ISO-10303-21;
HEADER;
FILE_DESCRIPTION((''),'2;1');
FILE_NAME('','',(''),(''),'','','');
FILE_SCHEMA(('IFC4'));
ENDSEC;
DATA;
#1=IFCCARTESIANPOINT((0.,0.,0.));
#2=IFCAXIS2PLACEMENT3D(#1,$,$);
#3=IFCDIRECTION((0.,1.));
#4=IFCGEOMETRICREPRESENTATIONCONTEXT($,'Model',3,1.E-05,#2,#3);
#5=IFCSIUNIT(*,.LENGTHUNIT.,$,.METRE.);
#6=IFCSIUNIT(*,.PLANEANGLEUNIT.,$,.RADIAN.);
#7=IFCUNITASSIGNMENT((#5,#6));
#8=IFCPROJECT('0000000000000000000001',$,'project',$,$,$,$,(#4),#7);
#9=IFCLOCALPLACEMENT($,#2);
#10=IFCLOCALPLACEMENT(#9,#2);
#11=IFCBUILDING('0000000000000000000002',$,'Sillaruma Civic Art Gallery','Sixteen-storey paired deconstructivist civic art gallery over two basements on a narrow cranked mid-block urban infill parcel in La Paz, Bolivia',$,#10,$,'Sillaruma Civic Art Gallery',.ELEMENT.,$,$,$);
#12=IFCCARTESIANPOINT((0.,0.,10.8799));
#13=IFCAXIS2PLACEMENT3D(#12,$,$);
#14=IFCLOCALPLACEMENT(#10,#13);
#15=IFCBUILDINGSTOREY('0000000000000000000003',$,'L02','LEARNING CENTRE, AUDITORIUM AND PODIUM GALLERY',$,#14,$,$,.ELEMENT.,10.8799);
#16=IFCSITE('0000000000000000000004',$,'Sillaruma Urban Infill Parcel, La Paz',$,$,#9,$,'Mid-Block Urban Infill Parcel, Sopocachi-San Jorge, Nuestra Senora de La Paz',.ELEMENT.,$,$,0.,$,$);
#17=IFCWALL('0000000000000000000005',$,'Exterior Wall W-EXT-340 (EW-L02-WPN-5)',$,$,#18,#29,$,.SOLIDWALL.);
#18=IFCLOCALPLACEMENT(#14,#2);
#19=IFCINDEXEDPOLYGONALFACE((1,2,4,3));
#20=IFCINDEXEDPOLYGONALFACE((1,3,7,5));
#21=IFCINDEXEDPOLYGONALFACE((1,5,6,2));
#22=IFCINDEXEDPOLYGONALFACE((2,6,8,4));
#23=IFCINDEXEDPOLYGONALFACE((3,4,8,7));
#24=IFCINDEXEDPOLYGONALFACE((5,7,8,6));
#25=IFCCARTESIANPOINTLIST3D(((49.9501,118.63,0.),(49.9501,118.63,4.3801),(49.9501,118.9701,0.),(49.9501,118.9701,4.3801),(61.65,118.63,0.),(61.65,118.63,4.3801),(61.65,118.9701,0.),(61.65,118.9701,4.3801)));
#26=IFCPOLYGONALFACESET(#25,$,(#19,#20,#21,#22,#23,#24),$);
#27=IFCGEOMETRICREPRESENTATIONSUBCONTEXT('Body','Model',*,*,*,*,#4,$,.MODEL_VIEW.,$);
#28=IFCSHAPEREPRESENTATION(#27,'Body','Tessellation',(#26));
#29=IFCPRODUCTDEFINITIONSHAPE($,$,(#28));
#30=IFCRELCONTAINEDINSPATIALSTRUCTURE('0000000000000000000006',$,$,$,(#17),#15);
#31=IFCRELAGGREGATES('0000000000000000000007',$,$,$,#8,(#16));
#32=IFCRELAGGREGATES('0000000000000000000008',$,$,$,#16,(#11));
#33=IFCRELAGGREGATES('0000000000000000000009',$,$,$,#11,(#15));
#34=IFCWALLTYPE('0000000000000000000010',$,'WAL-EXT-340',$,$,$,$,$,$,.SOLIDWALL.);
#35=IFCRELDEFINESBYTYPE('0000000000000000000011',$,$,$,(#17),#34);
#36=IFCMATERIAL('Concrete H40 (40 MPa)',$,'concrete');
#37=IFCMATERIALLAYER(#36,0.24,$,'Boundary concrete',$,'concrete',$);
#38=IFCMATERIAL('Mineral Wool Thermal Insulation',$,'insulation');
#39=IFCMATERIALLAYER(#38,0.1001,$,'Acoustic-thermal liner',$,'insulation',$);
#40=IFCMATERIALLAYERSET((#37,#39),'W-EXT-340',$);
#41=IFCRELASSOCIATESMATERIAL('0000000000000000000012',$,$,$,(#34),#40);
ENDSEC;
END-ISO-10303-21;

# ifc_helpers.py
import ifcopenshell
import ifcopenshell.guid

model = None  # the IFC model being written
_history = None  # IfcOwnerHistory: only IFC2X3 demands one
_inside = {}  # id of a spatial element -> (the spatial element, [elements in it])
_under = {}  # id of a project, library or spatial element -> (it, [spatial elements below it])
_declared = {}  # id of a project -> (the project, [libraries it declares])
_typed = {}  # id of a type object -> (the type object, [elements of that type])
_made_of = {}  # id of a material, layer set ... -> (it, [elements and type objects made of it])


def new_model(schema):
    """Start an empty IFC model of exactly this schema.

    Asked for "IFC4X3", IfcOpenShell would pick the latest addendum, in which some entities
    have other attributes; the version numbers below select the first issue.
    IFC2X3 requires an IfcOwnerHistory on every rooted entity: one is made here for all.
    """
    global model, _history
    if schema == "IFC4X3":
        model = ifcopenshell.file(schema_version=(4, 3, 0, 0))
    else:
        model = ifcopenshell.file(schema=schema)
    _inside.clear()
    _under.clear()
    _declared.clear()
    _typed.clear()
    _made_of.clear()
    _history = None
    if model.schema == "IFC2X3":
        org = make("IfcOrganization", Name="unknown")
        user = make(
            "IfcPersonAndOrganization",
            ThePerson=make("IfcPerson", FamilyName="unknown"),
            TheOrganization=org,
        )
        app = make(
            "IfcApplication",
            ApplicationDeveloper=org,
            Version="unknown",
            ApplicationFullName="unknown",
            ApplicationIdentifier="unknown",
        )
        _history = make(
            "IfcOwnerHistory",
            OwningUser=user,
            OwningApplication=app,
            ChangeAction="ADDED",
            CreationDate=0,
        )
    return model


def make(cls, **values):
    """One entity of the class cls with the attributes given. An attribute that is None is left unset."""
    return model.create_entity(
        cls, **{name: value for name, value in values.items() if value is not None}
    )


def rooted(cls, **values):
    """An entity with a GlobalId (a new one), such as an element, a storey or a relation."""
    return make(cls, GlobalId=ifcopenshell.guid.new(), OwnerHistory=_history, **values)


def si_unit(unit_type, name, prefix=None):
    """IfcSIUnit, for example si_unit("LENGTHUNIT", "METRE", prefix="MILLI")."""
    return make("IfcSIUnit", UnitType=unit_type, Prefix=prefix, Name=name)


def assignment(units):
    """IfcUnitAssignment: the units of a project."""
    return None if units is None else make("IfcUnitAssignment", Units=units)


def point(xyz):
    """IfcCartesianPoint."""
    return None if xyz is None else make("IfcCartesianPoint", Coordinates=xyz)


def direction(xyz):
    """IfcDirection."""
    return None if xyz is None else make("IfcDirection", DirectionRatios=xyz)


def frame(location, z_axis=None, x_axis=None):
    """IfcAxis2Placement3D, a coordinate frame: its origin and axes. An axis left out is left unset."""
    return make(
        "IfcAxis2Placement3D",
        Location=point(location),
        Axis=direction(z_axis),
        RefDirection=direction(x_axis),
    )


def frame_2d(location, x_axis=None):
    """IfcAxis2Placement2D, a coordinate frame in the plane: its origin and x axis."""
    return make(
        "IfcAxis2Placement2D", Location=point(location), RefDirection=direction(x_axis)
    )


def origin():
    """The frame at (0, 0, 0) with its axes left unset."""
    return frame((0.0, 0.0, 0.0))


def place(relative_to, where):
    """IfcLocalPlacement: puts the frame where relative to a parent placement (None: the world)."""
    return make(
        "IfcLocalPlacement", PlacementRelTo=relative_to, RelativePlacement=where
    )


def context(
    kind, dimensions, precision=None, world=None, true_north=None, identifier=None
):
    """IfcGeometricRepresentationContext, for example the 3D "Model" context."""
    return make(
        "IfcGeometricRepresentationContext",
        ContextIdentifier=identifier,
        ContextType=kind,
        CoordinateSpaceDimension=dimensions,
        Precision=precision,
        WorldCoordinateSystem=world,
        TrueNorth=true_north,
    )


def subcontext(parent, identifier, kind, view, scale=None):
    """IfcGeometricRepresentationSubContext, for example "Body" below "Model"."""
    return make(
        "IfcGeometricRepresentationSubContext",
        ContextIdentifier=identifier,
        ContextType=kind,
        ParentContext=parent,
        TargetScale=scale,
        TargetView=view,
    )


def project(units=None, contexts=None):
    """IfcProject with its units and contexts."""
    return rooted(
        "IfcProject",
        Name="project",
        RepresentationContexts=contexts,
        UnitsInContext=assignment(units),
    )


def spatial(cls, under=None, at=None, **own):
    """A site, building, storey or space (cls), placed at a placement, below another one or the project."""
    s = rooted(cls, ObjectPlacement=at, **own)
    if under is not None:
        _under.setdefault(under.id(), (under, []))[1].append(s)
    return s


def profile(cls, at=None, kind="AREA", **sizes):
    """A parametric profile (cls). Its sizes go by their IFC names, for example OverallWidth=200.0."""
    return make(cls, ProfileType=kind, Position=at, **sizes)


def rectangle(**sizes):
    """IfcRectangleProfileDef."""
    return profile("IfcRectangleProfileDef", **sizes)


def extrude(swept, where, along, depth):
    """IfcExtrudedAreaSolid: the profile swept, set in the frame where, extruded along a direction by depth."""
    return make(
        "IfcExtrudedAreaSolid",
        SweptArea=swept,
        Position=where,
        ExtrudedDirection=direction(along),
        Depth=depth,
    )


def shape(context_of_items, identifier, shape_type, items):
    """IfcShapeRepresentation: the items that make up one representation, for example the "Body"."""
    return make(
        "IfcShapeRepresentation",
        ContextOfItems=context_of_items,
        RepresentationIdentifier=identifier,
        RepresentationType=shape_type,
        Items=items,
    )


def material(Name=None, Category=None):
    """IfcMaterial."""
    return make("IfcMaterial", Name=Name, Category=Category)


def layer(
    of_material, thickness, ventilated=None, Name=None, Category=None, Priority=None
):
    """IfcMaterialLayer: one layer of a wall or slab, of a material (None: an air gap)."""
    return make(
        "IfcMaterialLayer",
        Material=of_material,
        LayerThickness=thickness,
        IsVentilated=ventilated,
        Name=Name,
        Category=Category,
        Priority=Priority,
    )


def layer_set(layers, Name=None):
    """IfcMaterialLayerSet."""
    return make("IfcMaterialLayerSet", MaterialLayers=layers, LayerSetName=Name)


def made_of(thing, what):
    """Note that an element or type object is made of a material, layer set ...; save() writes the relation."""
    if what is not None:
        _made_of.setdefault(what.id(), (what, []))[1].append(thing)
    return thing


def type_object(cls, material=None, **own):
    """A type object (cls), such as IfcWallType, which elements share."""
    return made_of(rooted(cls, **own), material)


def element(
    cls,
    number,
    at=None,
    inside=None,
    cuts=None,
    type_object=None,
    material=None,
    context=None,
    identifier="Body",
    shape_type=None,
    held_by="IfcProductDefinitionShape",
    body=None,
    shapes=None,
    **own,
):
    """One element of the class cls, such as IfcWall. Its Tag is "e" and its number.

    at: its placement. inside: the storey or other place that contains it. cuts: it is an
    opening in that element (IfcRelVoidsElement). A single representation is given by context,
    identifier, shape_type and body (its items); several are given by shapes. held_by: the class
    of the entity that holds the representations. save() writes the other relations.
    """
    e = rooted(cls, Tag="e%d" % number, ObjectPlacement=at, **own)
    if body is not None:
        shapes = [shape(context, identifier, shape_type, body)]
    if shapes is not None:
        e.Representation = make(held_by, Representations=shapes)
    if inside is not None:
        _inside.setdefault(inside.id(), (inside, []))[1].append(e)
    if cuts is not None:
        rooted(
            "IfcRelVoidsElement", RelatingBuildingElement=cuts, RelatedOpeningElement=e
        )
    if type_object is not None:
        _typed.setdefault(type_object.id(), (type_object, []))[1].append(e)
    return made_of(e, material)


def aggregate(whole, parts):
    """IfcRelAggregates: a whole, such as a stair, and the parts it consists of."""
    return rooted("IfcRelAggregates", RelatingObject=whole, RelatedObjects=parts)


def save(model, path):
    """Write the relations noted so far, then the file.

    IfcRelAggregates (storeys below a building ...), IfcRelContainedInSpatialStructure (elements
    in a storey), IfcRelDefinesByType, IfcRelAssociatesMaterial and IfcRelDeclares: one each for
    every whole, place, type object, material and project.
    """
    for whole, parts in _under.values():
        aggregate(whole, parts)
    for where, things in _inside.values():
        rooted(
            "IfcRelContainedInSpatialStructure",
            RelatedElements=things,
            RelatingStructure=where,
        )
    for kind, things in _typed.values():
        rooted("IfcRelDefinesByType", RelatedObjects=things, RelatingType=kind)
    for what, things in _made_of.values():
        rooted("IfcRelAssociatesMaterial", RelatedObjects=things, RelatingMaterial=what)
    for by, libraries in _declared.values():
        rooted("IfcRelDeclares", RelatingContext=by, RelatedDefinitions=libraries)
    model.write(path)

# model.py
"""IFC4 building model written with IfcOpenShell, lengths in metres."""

from ifc_helpers import new_model, si_unit, direction, frame, frame_2d, origin, place, context, subcontext, project, spatial, rectangle, extrude, material, layer, layer_set, type_object, element, save


model = new_model("IFC4")

# Units and contexts
model_context = context("Model", 3, precision=1e-05, world=origin(), true_north=direction((0.0, 1.0)))
body_context = subcontext(model_context, "Body", "Model", "MODEL_VIEW")
ifc_project = project(units=[si_unit("LENGTHUNIT", "METRE"), si_unit("PLANEANGLEUNIT", "RADIAN")], contexts=[model_context])

# Site, building, storey
site_placement = place(None, origin())
site = spatial("IfcSite", under=ifc_project, at=site_placement, Name="Sillaruma Urban Infill Parcel, La Paz", LongName="Mid-Block Urban Infill Parcel, Sopocachi-San Jorge, Nuestra Senora de La Paz", CompositionType="ELEMENT", RefElevation=0.0)
building_placement = place(site_placement, origin())
building = spatial("IfcBuilding", under=site, at=building_placement, Name="Sillaruma Civic Art Gallery", Description="Sixteen-storey paired deconstructivist civic art gallery over two basements on a narrow cranked mid-block urban infill parcel in La Paz, Bolivia", LongName="Sillaruma Civic Art Gallery", CompositionType="ELEMENT")
storey_placement = place(building_placement, frame((0.0, 0.0, 10.8799)))
storey = spatial("IfcBuildingStorey", under=building, at=storey_placement, Name="L02", Description="LEARNING CENTRE, AUDITORIUM AND PODIUM GALLERY", CompositionType="ELEMENT", Elevation=10.8799)

# Shared definitions
ifc_material_1 = material(Name="Concrete H40 (40 MPa)", Category="concrete")

# Shared definitions
ifc_material_2 = material(Name="Mineral Wool Thermal Insulation", Category="insulation")

# Wall
ifc_layer_1 = layer(ifc_material_1, 0.24, Name="Boundary concrete", Category="concrete")
ifc_layer_2 = layer(ifc_material_2, 0.1001, Name="Acoustic-thermal liner", Category="insulation")
ifc_layer_set_1 = layer_set([ifc_layer_1, ifc_layer_2], Name="W-EXT-340")
wall_type_1 = type_object("IfcWallType", Name="WAL-EXT-340", PredefinedType="SOLIDWALL", material=ifc_layer_set_1)
wall_1_placement = place(storey_placement, frame((49.95, 118.8, 0.0), z_axis=(0.0, 0.0, 1.0), x_axis=(1.0, 0.0, 0.0)))
element("IfcWall", 1, at=wall_1_placement, inside=storey, type_object=wall_type_1, Name="Exterior Wall W-EXT-340 (EW-L02-WPN-5)", PredefinedType="SOLIDWALL", context=body_context, shape_type="SweptSolid", body=[
    extrude(rectangle(XDim=11.7, YDim=0.3401, at=frame_2d((5.8501, 0.0))), origin(), (0.0, 0.0, 1.0), 4.3801),
])

save(model, "model.ifc")
